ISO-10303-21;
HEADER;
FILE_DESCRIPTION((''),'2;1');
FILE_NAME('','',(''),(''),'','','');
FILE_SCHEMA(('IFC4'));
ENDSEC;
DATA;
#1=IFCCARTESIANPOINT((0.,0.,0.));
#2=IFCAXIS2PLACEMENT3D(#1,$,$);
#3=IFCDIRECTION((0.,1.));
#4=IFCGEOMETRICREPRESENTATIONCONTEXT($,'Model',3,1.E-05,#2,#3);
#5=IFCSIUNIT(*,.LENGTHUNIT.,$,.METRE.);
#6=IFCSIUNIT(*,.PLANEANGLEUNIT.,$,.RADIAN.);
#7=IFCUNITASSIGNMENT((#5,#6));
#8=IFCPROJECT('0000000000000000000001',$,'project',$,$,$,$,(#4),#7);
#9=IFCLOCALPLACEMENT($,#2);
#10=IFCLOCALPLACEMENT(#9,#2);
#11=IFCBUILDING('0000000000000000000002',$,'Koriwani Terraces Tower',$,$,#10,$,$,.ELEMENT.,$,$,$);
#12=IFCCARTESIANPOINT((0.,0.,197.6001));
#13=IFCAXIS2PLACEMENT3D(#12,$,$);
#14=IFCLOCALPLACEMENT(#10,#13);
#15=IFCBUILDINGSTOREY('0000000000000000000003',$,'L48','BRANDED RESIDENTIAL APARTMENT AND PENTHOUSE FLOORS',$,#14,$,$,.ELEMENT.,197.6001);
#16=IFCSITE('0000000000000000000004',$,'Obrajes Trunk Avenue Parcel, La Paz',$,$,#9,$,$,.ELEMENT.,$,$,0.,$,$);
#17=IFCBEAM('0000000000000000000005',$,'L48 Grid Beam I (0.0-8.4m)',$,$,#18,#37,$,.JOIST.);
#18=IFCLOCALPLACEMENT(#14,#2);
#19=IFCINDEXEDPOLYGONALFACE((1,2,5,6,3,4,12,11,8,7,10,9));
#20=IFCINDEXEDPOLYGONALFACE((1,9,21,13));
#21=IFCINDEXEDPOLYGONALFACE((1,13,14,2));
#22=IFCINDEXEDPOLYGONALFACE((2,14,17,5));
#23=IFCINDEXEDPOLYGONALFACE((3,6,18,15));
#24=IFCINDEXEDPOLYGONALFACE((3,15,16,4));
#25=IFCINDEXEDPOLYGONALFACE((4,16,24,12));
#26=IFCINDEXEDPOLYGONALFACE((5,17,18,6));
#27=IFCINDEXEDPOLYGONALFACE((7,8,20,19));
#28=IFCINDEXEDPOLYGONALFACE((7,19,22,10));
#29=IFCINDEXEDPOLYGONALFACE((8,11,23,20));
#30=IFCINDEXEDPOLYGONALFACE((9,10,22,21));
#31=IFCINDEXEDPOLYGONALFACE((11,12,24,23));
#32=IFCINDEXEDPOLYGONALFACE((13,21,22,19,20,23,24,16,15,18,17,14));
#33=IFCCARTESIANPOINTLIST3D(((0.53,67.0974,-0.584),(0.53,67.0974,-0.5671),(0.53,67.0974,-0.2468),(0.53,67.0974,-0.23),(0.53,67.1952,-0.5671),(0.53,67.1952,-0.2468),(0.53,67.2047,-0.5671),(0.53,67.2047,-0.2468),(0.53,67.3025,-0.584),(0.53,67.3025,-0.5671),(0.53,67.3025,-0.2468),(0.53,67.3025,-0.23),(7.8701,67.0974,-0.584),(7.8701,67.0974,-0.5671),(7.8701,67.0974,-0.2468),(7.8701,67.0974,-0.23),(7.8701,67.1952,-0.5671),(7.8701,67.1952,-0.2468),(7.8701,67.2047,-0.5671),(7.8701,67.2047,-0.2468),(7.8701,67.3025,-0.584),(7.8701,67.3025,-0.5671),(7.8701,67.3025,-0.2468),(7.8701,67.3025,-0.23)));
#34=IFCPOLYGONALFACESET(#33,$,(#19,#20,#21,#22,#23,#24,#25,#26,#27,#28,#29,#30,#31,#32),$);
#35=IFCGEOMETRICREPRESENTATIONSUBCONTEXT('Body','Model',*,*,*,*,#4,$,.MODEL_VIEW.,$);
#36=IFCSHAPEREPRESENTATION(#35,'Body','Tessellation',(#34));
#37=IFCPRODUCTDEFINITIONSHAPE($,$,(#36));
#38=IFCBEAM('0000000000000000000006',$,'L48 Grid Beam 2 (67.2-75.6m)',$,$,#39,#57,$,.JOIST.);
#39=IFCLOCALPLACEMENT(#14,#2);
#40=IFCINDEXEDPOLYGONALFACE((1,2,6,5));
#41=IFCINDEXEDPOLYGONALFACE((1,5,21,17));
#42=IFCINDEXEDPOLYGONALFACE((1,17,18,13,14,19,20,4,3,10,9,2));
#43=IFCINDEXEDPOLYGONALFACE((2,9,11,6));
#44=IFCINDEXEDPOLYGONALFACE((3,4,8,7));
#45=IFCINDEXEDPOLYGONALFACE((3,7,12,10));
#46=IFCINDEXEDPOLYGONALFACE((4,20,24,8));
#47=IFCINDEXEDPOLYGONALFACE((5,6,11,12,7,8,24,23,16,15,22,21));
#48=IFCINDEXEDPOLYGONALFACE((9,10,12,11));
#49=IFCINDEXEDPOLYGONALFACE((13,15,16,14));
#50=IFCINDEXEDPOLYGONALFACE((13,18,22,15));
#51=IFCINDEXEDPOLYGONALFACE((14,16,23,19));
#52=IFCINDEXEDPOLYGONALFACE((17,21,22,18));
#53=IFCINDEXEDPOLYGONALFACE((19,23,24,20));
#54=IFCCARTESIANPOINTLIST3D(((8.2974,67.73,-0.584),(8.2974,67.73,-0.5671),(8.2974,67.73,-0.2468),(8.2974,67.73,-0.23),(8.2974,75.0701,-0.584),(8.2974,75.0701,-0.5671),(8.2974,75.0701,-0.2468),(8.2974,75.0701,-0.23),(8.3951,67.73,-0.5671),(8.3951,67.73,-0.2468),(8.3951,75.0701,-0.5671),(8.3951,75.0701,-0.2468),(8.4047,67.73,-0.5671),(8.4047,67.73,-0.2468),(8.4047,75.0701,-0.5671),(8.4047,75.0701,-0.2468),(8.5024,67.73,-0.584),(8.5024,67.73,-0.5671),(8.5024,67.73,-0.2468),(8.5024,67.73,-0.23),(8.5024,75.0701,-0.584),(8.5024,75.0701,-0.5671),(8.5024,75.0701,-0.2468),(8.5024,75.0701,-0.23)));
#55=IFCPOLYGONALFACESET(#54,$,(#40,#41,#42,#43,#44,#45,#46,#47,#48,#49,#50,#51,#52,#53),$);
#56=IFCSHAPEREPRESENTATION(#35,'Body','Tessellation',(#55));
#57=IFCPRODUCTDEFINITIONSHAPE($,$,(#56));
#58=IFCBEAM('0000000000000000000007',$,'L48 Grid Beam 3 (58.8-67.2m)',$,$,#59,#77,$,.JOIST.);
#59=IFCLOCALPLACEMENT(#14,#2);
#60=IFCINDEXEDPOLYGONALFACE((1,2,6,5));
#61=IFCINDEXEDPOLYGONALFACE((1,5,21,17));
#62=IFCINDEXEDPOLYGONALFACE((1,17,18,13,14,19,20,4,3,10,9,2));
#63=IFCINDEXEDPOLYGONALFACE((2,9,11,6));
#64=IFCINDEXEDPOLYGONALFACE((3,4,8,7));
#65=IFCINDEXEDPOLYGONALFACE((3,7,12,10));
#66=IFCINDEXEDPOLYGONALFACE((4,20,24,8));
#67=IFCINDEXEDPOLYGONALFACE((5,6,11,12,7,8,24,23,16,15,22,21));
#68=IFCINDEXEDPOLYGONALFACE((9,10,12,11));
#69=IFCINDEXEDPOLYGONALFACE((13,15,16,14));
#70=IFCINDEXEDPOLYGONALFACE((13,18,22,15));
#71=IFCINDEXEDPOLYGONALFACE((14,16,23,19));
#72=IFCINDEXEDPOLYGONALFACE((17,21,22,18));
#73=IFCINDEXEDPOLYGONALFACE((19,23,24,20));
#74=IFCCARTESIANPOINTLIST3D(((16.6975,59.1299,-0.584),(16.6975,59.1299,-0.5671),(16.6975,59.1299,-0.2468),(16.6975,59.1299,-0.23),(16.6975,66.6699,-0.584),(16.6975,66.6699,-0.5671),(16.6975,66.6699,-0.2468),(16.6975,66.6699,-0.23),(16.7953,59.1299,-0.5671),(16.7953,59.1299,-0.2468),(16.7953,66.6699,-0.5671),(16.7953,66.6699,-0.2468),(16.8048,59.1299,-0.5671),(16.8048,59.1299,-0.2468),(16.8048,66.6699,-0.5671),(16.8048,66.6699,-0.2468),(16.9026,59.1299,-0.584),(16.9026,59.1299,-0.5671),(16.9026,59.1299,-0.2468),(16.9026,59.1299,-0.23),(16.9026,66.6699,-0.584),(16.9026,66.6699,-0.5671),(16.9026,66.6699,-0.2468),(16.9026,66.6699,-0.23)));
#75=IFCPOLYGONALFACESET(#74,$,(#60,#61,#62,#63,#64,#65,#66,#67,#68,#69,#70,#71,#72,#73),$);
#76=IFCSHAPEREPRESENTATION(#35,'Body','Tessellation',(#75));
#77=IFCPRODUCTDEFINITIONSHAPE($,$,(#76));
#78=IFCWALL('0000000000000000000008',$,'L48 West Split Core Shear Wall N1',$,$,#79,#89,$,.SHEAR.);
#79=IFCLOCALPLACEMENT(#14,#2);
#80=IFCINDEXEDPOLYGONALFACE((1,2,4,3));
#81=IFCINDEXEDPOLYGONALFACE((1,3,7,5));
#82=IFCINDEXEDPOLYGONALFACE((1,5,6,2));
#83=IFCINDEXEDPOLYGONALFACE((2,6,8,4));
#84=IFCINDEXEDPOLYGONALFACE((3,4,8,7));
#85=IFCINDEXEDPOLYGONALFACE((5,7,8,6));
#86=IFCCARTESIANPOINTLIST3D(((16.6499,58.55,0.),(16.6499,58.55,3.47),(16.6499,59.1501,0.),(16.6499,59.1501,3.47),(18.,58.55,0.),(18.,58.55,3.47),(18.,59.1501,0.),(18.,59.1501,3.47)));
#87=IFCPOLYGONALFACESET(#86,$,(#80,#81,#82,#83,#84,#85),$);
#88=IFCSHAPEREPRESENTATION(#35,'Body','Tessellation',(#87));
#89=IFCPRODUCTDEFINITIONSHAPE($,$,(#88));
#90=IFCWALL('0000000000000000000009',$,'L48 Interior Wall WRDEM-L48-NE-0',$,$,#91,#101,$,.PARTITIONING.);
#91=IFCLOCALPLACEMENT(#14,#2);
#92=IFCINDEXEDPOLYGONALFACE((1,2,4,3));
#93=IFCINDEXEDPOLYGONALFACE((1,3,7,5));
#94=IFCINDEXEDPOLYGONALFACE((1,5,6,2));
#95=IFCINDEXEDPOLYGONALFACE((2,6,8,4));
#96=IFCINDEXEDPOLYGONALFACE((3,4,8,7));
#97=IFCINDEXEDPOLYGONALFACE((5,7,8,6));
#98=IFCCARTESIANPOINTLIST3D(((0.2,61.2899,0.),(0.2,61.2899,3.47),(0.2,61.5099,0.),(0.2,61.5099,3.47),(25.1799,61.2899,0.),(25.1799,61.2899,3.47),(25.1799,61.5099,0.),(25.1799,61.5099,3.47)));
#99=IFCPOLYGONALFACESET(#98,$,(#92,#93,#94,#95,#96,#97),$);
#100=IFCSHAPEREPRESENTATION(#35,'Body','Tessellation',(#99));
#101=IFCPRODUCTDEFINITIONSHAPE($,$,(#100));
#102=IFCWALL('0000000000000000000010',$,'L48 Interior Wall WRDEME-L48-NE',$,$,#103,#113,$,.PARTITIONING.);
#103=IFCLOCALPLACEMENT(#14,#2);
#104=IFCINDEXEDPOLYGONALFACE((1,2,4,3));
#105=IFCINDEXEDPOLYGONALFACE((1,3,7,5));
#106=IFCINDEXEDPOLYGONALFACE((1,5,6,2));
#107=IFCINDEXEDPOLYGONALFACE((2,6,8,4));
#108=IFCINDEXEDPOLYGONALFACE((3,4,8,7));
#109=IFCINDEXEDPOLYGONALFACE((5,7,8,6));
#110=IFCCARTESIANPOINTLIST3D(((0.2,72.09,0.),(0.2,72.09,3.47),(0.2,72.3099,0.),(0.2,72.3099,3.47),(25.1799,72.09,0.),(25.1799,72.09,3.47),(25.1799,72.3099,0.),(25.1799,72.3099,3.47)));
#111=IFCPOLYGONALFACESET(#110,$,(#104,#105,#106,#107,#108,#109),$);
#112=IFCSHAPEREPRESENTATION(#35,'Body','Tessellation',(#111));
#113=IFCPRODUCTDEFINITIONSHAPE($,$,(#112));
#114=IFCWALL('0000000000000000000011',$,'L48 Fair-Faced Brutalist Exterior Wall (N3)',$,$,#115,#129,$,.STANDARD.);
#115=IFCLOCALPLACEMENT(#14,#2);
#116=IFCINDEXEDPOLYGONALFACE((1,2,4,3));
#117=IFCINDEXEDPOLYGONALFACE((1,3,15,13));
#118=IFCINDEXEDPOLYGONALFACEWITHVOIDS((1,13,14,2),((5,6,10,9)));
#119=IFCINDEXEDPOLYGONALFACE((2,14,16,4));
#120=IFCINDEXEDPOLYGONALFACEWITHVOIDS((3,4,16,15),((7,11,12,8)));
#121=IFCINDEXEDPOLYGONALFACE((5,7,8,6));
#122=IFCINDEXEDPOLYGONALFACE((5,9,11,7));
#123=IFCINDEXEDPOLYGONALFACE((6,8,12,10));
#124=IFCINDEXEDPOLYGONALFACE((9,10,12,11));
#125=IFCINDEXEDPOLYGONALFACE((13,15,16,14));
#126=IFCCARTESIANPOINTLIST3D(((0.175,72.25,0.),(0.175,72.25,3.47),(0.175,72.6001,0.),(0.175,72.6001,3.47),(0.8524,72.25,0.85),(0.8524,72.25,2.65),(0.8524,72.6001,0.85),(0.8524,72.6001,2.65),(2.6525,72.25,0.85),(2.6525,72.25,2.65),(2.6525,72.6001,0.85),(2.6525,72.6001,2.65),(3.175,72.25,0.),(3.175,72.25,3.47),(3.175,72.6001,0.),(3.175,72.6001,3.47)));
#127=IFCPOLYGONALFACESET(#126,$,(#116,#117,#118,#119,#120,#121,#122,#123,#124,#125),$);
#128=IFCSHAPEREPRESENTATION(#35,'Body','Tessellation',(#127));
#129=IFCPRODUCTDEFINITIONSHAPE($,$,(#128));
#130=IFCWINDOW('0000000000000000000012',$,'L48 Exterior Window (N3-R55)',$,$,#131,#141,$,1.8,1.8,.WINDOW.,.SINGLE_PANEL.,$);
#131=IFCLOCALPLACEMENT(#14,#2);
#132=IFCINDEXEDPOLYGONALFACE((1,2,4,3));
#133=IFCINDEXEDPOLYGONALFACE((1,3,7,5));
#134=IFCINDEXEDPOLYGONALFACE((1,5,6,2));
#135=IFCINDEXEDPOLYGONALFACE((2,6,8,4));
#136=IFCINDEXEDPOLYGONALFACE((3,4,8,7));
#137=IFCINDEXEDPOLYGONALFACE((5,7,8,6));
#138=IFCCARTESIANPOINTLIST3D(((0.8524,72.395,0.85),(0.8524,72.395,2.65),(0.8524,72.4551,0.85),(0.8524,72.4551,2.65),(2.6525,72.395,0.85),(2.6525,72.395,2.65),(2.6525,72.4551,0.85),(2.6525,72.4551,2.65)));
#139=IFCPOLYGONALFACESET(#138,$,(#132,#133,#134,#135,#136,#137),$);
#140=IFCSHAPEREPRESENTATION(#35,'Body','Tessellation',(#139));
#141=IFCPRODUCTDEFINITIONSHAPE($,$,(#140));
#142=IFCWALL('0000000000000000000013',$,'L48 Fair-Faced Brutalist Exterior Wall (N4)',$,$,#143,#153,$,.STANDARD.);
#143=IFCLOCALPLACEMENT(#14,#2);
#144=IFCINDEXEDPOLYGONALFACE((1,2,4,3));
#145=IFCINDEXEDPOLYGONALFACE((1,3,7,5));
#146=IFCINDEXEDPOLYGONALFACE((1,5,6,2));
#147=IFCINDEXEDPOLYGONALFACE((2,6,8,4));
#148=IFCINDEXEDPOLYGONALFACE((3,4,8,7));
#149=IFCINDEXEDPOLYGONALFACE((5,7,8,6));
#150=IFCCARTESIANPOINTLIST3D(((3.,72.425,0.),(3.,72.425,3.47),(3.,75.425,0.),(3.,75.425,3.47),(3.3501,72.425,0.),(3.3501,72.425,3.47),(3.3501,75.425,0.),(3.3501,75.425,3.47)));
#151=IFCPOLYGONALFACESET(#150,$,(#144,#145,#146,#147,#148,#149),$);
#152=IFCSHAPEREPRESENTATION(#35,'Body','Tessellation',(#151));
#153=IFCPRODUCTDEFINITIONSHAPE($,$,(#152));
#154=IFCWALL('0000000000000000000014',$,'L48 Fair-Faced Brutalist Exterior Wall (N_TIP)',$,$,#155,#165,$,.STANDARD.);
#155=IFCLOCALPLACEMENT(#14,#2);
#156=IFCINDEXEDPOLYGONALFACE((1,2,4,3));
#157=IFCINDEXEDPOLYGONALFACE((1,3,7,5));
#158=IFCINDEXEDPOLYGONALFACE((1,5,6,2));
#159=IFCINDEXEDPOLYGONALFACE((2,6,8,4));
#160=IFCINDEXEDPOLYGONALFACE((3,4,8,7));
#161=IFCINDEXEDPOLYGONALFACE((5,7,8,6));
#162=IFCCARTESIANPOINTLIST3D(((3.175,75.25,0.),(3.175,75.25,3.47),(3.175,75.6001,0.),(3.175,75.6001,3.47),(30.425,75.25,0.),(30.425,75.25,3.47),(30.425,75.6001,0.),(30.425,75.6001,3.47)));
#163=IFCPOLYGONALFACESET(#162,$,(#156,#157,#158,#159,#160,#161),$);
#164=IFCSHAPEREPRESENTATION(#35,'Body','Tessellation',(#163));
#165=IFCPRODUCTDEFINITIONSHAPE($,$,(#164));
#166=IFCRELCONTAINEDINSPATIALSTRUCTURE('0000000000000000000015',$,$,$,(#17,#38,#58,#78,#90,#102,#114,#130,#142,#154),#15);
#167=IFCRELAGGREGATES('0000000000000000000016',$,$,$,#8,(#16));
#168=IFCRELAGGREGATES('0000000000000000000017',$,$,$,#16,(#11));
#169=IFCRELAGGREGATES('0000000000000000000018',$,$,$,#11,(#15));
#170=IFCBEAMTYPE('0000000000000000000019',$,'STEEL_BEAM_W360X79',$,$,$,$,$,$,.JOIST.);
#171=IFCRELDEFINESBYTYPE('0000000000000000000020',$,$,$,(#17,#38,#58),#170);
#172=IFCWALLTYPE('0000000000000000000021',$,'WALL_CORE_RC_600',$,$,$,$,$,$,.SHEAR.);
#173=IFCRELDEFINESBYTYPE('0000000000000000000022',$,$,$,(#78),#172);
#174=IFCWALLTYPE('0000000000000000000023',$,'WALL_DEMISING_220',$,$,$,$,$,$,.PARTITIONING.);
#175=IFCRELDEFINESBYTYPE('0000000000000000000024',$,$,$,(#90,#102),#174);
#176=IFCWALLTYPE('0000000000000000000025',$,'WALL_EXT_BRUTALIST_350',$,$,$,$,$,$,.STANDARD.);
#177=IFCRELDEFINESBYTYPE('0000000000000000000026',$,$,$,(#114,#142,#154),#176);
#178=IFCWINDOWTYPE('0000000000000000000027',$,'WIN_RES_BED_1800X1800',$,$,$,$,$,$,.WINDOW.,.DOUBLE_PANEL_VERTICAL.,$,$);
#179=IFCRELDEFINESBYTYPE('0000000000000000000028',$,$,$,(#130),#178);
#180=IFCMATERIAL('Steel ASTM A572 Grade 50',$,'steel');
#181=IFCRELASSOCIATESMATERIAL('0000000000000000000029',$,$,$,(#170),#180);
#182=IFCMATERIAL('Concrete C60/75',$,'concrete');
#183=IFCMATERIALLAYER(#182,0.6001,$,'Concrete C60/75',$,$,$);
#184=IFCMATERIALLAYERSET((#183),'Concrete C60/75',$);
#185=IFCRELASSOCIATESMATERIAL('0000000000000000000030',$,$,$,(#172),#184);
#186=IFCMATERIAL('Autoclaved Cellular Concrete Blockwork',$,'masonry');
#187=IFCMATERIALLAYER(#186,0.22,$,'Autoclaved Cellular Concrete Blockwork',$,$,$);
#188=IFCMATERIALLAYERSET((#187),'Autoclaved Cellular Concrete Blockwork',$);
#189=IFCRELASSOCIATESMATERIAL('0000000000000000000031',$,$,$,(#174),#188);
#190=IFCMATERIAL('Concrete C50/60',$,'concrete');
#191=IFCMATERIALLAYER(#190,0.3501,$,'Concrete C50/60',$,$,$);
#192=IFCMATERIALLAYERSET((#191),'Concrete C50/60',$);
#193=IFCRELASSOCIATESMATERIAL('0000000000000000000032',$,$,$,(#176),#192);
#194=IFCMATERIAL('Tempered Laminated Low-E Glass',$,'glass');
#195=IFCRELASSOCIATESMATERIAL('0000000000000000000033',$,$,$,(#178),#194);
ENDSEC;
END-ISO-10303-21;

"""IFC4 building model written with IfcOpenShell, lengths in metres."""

from ifc_helpers import new_model, si_unit, direction, frame, frame_2d, origin, origin_2d, place, context, subcontext, project, spatial, rectangle, i_section, extrude, material, layer, layer_set, material_profile, profile_set, type_object, element, fill, save


model = new_model("IFC4")

# Units and contexts
model_context = context("Model", 3, precision=1e-05, world=origin(), true_north=direction((0.0, 1.0)))
body_context = subcontext(model_context, "Body", "Model", "MODEL_VIEW")
ifc_project = project(units=[si_unit("LENGTHUNIT", "METRE"), si_unit("PLANEANGLEUNIT", "RADIAN")], contexts=[model_context])

# Site, building, storey
site_placement = place(None, origin())
site = spatial("IfcSite", under=ifc_project, at=site_placement, Name="Obrajes Trunk Avenue Parcel, La Paz", CompositionType="ELEMENT", RefElevation=0.0)
building_placement = place(site_placement, origin())
building = spatial("IfcBuilding", under=site, at=building_placement, Name="Koriwani Terraces Tower", CompositionType="ELEMENT")
storey_placement = place(building_placement, frame((0.0, 0.0, 197.6001)))
storey = spatial("IfcBuildingStorey", under=building, at=storey_placement, Name="L48", Description="BRANDED RESIDENTIAL APARTMENT AND PENTHOUSE FLOORS", CompositionType="ELEMENT", Elevation=197.6001)

# Shared definitions
ifc_material_1 = material(Name="Concrete C50/60", Category="concrete")

# Beams
ifc_material_2 = material(Name="Steel ASTM A572 Grade 50", Category="steel")
ifc_material_profile_1 = material_profile(ifc_material_2, i_section(OverallWidth=0.2051, OverallDepth=0.354, WebThickness=0.0095, FlangeThickness=0.0168, at=origin_2d()), Name="Steel ASTM A572 Grade 50", Category="LoadBearing")
ifc_profile_set_1 = profile_set([ifc_material_profile_1], Name="Steel ASTM A572 Grade 50")
beam_type_1 = type_object("IfcBeamType", Name="STEEL_BEAM_W360X79", PredefinedType="JOIST", material=ifc_profile_set_1)
for number, where, z_axis, x_axis, name in (
    (1, (0.53, 67.2, -0.407), (1.0, 0.0, 0.0), (0.0, 1.0, 0.0), "L48 Grid Beam I (0.0-8.4m)"),
    (2, (8.3999, 67.73, -0.407), (0.0, 1.0, 0.0), (-1.0, 0.0, 0.0), "L48 Grid Beam 2 (67.2-75.6m)"),
):
    element("IfcBeam", number, at=place(storey_placement, frame(where, z_axis=z_axis, x_axis=x_axis)), inside=storey, type_object=beam_type_1, Name=name, PredefinedType="JOIST", context=body_context, shape_type="SweptSolid", body=[
        extrude(i_section(OverallWidth=0.2051, OverallDepth=0.354, WebThickness=0.0095, FlangeThickness=0.0168, at=origin_2d()), origin(), (0.0, 0.0, 1.0), 7.3401),
    ])
beam_1_placement = place(storey_placement, frame((16.8, 59.1299, -0.407), z_axis=(0.0, 1.0, 0.0), x_axis=(-1.0, 0.0, 0.0)))
element("IfcBeam", 3, at=beam_1_placement, inside=storey, type_object=beam_type_1, Name="L48 Grid Beam 3 (58.8-67.2m)", PredefinedType="JOIST", context=body_context, shape_type="SweptSolid", body=[
    extrude(i_section(OverallWidth=0.2051, OverallDepth=0.354, WebThickness=0.0095, FlangeThickness=0.0168, at=origin_2d()), origin(), (0.0, 0.0, 1.0), 7.54),
])

# Walls
ifc_material_3 = material(Name="Concrete C60/75", Category="concrete")
ifc_layer_1 = layer(ifc_material_3, 0.6001, Name="Concrete C60/75")
ifc_layer_set_1 = layer_set([ifc_layer_1], Name="Concrete C60/75")
wall_type_1 = type_object("IfcWallType", Name="WALL_CORE_RC_600", PredefinedType="SHEAR", material=ifc_layer_set_1)
wall_1_placement = place(storey_placement, frame((16.6499, 58.8501, 0.0), z_axis=(0.0, 0.0, 1.0), x_axis=(1.0, 0.0, 0.0)))
element("IfcWall", 4, at=wall_1_placement, inside=storey, type_object=wall_type_1, Name="L48 West Split Core Shear Wall N1", PredefinedType="SHEAR", context=body_context, shape_type="SweptSolid", body=[
    extrude(rectangle(XDim=1.3501, YDim=0.6001, at=frame_2d((0.675, 0.0))), origin(), (0.0, 0.0, 1.0), 3.47),
])
ifc_material_4 = material(Name="Autoclaved Cellular Concrete Blockwork", Category="masonry")
ifc_layer_2 = layer(ifc_material_4, 0.22, Name="Autoclaved Cellular Concrete Blockwork")
ifc_layer_set_2 = layer_set([ifc_layer_2], Name="Autoclaved Cellular Concrete Blockwork")
wall_type_2 = type_object("IfcWallType", Name="WALL_DEMISING_220", PredefinedType="PARTITIONING", material=ifc_layer_set_2)
for number, where, z_axis, x_axis, name in (
    (5, (0.2, 61.3999, 0.0), (0.0, 0.0, 1.0), (1.0, 0.0, 0.0), "L48 Interior Wall WRDEM-L48-NE-0"),
    (6, (0.2, 72.2, 0.0), (0.0, 0.0, 1.0), (1.0, 0.0, 0.0), "L48 Interior Wall WRDEME-L48-NE"),
):
    element("IfcWall", number, at=place(storey_placement, frame(where, z_axis=z_axis, x_axis=x_axis)), inside=storey, type_object=wall_type_2, Name=name, PredefinedType="PARTITIONING", context=body_context, shape_type="SweptSolid", body=[
        extrude(rectangle(XDim=24.98, YDim=0.22, at=frame_2d((12.49, 0.0))), origin(), (0.0, 0.0, 1.0), 3.47),
    ])

# Wall, opening, window
ifc_layer_3 = layer(ifc_material_1, 0.3501, Name="Concrete C50/60")
ifc_layer_set_3 = layer_set([ifc_layer_3], Name="Concrete C50/60")
wall_type_3 = type_object("IfcWallType", Name="WALL_EXT_BRUTALIST_350", PredefinedType="STANDARD", material=ifc_layer_set_3)
wall_2_placement = place(storey_placement, frame((0.175, 72.425, 0.0), z_axis=(0.0, 0.0, 1.0), x_axis=(1.0, 0.0, 0.0)))
wall_2 = element("IfcWall", 7, at=wall_2_placement, inside=storey, type_object=wall_type_3, Name="L48 Fair-Faced Brutalist Exterior Wall (N3)", PredefinedType="STANDARD", context=body_context, shape_type="SweptSolid", body=[
    extrude(rectangle(XDim=3.0, YDim=0.3501, at=frame_2d((1.5, 0.0))), origin(), (0.0, 0.0, 1.0), 3.47),
])
opening_1_placement = place(wall_2_placement, frame((0.6775, 0.0, 0.8501)))
opening_1 = element("IfcOpeningElement", 8, at=opening_1_placement, cuts=wall_2, PredefinedType="OPENING", context=body_context, shape_type="SweptSolid", body=[
    extrude(rectangle(XDim=1.8, YDim=1.8, at=frame_2d((0.8999, 0.8999))), frame((0.0, 0.1851, 0.0), z_axis=(0.0, -1.0, 0.0), x_axis=(1.0, 0.0, 0.0)), (0.0, 0.0, 1.0), 0.3701),
])
ifc_material_5 = material(Name="Tempered Laminated Low-E Glass", Category="glass")
window_type = type_object("IfcWindowType", Name="WIN_RES_BED_1800X1800", PartitioningType="DOUBLE_PANEL_VERTICAL", PredefinedType="WINDOW", material=ifc_material_5)
window_placement = place(opening_1_placement, origin())
window = element("IfcWindow", 9, at=window_placement, inside=storey, type_object=window_type, Name="L48 Exterior Window (N3-R55)", OverallHeight=1.8, OverallWidth=1.8, PartitioningType="SINGLE_PANEL", PredefinedType="WINDOW", context=body_context, shape_type="SweptSolid", body=[
    extrude(rectangle(XDim=1.8, YDim=1.8, at=frame_2d((0.8999, 0.8999))), frame((0.0, 0.03, 0.0), z_axis=(0.0, -1.0, 0.0), x_axis=(1.0, 0.0, 0.0)), (0.0, 0.0, 1.0), 0.0601),
])
fill(opening_1, window)

# Walls
wall_3_placement = place(storey_placement, frame((3.175, 72.425, 0.0), z_axis=(0.0, 0.0, 1.0), x_axis=(0.0, 1.0, 0.0)))
element("IfcWall", 10, at=wall_3_placement, inside=storey, type_object=wall_type_3, Name="L48 Fair-Faced Brutalist Exterior Wall (N4)", PredefinedType="STANDARD", context=body_context, shape_type="SweptSolid", body=[
    extrude(rectangle(XDim=3.0, YDim=0.3501, at=frame_2d((1.5, 0.0))), origin(), (0.0, 0.0, 1.0), 3.47),
])
wall_4_placement = place(storey_placement, frame((3.175, 75.425, 0.0), z_axis=(0.0, 0.0, 1.0), x_axis=(1.0, 0.0, 0.0)))
element("IfcWall", 11, at=wall_4_placement, inside=storey, type_object=wall_type_3, Name="L48 Fair-Faced Brutalist Exterior Wall (N_TIP)", PredefinedType="STANDARD", context=body_context, shape_type="SweptSolid", body=[
    extrude(rectangle(XDim=27.25, YDim=0.3501, at=frame_2d((13.625, 0.0))), origin(), (0.0, 0.0, 1.0), 3.47),
])

save(model, "model.ifc")
